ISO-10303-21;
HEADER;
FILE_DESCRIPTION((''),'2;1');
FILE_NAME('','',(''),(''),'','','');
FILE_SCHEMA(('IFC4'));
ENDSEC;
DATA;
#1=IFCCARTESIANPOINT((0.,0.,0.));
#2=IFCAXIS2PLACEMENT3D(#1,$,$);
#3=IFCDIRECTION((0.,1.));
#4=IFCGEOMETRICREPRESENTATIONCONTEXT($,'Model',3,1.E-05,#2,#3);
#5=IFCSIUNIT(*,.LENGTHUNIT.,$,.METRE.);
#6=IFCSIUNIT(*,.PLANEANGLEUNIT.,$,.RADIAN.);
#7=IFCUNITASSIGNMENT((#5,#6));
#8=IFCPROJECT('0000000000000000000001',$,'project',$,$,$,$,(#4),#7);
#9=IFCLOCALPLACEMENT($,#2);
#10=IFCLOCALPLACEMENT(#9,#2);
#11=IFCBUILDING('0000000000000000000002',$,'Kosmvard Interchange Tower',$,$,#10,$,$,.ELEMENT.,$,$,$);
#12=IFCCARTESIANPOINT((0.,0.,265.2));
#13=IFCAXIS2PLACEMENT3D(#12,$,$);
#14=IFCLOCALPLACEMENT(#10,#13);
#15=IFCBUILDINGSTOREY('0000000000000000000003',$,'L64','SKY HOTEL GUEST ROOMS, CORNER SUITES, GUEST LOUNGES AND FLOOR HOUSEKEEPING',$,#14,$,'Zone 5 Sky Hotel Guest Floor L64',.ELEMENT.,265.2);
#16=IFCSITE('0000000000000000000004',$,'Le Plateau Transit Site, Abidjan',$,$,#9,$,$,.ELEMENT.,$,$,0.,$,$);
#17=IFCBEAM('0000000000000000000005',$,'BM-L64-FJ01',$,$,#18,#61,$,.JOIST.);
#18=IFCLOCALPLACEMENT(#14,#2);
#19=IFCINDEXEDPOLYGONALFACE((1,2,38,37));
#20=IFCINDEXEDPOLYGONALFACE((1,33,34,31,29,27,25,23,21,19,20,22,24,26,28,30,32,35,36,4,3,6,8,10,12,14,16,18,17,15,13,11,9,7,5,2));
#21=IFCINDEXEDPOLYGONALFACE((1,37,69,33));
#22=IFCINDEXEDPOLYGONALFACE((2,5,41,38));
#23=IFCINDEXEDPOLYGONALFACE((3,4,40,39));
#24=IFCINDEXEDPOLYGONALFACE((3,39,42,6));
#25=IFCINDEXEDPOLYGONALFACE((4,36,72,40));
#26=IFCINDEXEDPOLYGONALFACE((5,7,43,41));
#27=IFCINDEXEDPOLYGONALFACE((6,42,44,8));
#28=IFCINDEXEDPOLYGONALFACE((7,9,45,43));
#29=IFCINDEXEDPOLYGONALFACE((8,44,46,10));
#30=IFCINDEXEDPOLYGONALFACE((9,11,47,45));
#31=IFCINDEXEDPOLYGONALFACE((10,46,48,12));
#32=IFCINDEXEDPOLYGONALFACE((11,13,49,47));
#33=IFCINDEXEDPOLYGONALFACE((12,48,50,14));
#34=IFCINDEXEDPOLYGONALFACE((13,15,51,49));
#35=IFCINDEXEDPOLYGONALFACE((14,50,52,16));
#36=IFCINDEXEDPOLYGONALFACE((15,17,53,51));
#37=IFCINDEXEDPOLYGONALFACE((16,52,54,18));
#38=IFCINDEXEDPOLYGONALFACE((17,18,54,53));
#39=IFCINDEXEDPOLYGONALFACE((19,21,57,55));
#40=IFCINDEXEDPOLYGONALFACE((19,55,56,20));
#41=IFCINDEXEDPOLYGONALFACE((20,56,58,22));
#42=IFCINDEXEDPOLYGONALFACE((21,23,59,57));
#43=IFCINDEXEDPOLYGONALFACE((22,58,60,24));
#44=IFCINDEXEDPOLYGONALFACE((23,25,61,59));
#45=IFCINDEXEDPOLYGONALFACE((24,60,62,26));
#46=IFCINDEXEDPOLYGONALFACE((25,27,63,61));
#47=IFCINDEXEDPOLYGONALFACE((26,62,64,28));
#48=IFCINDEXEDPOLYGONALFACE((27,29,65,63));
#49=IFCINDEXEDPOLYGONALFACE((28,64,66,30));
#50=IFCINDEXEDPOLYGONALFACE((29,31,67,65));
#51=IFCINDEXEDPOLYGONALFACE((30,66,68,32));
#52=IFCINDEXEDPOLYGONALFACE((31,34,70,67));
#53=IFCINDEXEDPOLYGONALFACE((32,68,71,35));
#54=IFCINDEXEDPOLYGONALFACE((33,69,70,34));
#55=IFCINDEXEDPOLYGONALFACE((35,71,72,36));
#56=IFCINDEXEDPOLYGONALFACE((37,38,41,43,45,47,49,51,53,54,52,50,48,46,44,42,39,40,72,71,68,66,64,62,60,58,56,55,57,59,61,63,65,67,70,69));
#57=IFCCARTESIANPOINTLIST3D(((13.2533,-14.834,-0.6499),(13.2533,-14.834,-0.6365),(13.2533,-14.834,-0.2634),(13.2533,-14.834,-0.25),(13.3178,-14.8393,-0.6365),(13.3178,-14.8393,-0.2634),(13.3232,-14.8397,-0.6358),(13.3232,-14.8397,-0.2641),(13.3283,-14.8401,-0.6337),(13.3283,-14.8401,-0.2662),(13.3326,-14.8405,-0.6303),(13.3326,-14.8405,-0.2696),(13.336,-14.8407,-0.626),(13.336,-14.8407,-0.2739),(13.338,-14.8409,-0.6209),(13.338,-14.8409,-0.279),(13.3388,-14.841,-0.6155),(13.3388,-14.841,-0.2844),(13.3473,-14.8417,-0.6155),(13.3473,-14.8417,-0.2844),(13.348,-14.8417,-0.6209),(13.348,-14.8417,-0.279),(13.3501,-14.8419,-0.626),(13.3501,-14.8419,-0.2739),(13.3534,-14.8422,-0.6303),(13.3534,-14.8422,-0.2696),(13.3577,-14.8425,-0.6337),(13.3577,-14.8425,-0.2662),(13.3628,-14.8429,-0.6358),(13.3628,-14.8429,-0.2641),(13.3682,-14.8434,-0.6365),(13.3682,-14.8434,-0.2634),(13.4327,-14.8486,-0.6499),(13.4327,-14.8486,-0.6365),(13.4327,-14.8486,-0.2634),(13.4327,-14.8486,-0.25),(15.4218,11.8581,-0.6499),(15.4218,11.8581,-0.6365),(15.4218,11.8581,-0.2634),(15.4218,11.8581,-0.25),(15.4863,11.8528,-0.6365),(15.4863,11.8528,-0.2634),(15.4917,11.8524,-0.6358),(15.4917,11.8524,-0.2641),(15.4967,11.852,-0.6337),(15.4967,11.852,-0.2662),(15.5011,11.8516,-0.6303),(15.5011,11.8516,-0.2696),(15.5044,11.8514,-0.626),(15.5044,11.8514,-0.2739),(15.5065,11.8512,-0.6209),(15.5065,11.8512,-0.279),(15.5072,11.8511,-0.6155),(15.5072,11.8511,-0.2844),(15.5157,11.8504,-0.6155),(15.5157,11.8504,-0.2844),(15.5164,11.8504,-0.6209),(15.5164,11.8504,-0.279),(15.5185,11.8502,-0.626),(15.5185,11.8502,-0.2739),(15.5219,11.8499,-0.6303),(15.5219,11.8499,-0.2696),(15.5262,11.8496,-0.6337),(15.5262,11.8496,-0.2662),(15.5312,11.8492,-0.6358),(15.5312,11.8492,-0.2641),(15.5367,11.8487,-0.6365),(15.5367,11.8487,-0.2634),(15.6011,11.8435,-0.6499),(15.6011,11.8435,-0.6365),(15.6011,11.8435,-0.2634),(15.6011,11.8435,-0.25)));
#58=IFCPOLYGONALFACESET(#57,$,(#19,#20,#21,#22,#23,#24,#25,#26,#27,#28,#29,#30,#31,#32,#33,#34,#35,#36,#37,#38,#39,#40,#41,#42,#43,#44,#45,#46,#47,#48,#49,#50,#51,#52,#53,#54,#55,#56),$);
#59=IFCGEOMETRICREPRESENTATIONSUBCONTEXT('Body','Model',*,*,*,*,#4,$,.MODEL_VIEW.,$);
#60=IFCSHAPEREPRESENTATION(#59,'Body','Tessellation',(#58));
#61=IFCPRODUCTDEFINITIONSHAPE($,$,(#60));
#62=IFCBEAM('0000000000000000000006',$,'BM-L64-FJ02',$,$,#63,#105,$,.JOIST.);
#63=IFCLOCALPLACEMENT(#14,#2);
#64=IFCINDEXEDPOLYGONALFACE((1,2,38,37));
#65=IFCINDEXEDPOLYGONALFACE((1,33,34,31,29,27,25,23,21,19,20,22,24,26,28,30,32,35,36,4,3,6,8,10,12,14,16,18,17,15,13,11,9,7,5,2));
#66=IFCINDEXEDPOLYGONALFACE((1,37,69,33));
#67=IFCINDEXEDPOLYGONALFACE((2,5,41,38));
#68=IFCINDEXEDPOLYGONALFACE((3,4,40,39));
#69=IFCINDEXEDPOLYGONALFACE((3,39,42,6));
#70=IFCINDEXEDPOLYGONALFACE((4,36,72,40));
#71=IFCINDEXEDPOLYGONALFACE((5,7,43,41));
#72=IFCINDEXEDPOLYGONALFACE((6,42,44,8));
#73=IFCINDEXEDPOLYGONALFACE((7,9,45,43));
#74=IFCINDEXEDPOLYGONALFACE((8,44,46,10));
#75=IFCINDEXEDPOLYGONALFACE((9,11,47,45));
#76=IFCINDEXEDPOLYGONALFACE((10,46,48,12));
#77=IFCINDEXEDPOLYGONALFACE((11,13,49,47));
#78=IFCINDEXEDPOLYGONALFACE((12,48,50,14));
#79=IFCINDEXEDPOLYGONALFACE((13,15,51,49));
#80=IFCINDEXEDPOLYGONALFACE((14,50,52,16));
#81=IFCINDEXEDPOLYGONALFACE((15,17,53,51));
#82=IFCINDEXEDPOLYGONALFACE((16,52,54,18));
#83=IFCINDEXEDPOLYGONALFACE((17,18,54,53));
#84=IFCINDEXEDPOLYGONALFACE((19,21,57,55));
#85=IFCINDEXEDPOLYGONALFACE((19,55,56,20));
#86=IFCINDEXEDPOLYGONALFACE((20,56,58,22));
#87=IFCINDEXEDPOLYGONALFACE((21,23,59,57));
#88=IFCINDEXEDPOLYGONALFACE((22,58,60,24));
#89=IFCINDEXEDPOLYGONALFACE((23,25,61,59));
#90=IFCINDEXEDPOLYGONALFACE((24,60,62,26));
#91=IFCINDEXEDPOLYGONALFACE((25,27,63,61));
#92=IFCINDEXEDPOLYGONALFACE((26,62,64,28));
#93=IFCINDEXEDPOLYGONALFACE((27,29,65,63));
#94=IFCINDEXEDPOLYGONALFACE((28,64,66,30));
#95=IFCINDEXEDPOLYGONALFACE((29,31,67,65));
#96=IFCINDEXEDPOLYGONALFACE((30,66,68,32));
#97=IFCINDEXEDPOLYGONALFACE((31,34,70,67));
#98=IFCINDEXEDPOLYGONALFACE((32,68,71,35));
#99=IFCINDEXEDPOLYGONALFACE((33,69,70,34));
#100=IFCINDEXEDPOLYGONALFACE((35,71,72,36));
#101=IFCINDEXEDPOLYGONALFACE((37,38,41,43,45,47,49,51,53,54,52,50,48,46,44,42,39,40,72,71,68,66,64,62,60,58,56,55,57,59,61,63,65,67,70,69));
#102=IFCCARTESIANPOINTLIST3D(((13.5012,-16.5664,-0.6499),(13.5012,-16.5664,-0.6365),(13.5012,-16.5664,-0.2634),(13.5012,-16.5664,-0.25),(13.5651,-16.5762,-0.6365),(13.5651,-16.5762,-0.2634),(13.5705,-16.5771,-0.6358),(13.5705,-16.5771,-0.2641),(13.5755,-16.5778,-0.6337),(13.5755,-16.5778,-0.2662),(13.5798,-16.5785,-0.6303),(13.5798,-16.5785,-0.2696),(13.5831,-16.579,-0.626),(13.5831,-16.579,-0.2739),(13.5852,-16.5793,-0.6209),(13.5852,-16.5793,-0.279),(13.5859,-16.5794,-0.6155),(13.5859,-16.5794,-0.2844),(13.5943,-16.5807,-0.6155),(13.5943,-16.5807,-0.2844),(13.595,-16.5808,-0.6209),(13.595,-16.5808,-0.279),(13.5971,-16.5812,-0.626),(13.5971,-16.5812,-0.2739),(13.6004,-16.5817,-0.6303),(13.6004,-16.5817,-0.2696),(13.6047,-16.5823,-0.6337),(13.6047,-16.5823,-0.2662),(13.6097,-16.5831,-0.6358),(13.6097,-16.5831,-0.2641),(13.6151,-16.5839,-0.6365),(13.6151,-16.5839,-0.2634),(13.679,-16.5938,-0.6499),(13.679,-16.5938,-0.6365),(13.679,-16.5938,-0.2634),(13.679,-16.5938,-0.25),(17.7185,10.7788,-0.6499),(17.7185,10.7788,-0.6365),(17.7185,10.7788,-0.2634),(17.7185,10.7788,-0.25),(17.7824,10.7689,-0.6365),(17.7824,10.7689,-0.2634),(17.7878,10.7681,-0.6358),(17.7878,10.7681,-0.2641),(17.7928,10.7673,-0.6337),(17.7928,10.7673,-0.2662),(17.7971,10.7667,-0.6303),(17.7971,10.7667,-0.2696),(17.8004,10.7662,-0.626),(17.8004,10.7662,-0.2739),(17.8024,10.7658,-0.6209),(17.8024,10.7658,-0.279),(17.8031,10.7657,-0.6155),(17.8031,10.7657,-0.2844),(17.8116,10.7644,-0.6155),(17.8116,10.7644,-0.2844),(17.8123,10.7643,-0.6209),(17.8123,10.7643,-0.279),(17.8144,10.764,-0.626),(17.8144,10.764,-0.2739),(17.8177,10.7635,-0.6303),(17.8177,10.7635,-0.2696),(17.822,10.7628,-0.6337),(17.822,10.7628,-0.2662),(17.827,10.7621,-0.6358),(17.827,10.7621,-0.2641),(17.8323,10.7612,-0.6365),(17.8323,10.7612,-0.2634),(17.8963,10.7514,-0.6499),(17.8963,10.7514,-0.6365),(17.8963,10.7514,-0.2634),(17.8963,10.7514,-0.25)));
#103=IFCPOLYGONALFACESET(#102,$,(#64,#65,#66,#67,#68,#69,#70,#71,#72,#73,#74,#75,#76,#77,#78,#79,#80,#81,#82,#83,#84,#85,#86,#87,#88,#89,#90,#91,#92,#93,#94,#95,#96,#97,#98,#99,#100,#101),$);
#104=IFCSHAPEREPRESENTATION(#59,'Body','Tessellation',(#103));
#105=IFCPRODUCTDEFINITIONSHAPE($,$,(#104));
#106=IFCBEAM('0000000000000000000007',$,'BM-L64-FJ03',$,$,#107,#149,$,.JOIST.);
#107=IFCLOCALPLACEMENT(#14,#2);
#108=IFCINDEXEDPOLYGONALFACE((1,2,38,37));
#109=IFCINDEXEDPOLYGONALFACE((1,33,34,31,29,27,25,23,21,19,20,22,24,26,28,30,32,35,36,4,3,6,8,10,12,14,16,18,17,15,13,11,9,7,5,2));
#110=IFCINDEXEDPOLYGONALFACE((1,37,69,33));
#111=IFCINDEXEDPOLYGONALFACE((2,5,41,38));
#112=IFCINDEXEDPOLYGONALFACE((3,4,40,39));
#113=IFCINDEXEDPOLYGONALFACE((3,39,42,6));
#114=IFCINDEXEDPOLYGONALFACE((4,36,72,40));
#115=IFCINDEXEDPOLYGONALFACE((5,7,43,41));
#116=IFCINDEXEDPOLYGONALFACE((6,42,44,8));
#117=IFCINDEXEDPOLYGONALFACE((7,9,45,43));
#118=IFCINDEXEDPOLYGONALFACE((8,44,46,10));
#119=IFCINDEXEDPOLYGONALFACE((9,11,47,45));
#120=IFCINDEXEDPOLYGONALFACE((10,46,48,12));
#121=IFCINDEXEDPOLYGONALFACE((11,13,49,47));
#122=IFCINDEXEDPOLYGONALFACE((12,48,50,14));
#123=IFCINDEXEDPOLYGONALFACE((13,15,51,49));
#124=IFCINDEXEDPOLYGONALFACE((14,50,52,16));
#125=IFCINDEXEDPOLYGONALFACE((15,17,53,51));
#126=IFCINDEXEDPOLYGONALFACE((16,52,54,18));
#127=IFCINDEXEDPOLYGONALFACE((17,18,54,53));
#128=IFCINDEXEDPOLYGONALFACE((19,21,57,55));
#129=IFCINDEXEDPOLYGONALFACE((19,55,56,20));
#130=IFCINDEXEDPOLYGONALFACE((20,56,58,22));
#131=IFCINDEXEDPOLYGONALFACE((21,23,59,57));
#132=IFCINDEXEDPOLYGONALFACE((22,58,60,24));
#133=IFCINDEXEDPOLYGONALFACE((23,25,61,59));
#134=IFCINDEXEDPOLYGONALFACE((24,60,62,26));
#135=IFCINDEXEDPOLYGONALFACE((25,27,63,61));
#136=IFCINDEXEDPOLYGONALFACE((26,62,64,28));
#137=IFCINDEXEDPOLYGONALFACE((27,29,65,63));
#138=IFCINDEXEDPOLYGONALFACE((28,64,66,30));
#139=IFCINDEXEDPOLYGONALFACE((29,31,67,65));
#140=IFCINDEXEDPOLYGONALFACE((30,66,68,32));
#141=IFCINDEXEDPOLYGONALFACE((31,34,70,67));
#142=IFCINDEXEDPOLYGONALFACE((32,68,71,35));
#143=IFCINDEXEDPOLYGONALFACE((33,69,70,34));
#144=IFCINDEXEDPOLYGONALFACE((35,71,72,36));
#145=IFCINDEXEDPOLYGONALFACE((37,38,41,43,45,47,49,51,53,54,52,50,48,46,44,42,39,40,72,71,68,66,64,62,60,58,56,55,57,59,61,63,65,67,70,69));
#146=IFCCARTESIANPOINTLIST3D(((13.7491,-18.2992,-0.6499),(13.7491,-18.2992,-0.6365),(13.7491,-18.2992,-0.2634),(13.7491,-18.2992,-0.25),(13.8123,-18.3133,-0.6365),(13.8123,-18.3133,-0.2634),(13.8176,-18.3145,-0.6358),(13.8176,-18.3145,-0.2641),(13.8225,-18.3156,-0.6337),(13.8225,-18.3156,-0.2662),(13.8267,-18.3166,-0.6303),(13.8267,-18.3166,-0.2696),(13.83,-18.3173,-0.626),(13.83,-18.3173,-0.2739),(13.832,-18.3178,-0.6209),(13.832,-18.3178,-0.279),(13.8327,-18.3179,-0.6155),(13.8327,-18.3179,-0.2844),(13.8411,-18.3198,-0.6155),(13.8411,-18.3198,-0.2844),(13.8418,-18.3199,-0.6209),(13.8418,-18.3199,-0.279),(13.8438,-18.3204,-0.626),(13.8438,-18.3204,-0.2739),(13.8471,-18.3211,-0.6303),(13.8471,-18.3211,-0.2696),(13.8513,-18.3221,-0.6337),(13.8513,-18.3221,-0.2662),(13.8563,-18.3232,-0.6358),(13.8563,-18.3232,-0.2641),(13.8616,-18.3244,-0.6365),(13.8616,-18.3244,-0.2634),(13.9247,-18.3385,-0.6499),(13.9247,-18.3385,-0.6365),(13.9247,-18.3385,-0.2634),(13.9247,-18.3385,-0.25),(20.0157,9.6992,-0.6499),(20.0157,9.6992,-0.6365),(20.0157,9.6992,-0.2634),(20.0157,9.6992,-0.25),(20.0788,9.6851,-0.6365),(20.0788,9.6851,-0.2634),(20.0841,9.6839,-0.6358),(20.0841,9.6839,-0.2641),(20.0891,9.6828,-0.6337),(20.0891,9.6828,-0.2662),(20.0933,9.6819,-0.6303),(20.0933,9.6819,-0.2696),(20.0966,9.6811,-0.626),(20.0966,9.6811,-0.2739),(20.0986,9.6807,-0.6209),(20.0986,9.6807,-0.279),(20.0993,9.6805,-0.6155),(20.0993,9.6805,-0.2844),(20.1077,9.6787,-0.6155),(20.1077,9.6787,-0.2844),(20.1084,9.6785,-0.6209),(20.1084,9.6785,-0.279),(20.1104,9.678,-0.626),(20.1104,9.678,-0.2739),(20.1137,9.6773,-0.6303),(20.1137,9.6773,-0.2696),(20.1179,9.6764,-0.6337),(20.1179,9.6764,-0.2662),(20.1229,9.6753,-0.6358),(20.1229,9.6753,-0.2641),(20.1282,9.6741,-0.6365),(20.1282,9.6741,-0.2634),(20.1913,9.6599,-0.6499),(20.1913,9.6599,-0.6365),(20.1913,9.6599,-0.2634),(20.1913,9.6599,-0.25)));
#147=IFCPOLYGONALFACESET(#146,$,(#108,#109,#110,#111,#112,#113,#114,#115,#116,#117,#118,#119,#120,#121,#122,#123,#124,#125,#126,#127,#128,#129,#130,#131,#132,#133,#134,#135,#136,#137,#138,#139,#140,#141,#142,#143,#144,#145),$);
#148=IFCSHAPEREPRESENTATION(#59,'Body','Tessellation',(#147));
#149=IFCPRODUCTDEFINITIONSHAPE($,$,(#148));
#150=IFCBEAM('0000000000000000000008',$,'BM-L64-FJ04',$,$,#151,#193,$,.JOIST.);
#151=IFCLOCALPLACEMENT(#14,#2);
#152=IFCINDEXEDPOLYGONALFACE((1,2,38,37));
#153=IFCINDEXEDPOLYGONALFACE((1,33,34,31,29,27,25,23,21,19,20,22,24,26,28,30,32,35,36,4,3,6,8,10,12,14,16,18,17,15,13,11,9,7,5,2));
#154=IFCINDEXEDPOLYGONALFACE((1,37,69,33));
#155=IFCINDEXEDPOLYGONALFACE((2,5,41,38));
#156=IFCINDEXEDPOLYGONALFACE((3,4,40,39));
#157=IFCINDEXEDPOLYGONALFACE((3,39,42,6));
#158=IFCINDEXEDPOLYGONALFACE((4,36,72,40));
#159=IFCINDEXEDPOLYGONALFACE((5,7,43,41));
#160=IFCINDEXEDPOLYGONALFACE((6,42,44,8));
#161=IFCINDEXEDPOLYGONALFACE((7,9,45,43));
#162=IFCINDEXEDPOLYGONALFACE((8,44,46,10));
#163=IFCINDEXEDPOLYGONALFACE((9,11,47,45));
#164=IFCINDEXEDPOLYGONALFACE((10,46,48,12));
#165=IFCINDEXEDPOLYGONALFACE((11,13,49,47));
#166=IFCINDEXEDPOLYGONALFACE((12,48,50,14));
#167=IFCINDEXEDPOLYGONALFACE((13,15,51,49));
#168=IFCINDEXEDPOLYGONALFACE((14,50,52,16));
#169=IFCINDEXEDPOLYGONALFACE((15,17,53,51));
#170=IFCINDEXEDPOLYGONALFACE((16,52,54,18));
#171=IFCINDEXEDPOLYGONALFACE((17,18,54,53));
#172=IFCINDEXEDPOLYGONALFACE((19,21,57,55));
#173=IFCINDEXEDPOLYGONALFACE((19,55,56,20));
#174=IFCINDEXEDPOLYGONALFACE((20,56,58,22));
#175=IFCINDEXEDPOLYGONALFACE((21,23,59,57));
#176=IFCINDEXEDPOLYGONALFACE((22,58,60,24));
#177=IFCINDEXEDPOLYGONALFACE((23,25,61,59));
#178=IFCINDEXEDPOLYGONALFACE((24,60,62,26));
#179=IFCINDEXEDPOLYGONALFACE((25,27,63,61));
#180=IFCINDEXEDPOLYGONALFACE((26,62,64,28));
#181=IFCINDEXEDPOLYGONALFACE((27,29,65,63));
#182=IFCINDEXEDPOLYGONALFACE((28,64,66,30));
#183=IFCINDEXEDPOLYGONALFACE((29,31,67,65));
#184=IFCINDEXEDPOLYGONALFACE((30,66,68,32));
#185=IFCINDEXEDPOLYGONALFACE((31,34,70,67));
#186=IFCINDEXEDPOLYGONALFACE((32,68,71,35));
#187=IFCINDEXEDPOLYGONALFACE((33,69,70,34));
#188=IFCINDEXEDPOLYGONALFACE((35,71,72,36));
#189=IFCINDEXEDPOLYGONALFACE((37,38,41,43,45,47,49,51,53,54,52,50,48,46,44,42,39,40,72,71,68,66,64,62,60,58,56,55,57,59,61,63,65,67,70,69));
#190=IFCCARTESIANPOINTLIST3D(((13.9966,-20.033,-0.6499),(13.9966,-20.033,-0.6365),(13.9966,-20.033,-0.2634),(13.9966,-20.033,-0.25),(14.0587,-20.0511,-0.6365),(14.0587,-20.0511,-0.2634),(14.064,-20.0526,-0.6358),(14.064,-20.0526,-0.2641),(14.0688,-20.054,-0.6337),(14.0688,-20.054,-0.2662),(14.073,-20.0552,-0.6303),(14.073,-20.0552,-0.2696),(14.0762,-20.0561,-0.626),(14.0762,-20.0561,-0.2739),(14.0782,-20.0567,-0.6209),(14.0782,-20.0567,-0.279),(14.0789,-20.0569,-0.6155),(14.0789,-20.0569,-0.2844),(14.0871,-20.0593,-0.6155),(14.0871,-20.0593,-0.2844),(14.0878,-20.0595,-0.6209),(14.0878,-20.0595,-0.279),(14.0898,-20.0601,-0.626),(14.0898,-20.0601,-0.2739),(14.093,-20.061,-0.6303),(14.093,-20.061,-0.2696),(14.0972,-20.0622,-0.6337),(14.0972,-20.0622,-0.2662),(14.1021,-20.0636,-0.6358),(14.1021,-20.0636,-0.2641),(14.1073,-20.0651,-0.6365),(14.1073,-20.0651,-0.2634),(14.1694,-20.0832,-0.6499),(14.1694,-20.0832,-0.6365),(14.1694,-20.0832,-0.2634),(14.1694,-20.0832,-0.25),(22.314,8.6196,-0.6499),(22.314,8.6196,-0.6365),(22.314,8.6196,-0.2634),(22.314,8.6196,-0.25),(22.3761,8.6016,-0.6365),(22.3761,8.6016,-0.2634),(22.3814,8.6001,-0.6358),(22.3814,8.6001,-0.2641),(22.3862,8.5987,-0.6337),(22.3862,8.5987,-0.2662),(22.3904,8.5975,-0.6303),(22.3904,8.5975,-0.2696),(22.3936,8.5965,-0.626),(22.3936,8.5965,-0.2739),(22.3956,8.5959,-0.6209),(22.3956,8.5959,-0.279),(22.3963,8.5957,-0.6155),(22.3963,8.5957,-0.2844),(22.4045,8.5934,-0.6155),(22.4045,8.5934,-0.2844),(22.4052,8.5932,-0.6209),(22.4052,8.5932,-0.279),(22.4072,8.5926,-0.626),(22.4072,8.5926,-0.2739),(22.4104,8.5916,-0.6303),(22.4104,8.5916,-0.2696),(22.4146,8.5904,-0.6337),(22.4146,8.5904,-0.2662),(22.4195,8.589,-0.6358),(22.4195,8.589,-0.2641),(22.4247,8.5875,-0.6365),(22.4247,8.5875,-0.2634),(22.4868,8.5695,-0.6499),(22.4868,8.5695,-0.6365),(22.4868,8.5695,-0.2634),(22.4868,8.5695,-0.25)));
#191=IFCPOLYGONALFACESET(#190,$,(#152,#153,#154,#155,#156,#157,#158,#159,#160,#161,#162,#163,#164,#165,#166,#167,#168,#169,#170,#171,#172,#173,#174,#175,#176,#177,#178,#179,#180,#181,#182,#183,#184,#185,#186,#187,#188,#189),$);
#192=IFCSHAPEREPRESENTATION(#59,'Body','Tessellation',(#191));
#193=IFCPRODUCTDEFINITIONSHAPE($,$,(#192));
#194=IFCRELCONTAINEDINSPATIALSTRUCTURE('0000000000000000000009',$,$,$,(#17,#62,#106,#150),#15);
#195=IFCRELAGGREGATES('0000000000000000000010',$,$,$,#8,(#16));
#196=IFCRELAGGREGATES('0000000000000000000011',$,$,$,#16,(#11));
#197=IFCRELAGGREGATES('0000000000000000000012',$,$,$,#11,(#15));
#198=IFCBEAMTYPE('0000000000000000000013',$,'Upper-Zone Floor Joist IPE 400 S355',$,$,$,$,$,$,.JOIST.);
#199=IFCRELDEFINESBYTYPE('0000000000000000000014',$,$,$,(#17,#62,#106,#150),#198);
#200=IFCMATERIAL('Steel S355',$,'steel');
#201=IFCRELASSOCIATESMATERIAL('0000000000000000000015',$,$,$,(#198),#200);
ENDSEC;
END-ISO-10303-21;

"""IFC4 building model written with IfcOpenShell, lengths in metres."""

from ifc_helpers import new_model, si_unit, direction, frame, origin, origin_2d, place, context, subcontext, project, spatial, i_section, extrude, source, transform, mapped, material, material_profile, profile_set, type_object, element, save


model = new_model("IFC4")

# Units and contexts
model_context = context("Model", 3, precision=1e-05, world=origin(), true_north=direction((0.0, 1.0)))
body_context = subcontext(model_context, "Body", "Model", "MODEL_VIEW")
ifc_project = project(units=[si_unit("LENGTHUNIT", "METRE"), si_unit("PLANEANGLEUNIT", "RADIAN")], contexts=[model_context])

# Site, building, storey
site_placement = place(None, origin())
site = spatial("IfcSite", under=ifc_project, at=site_placement, Name="Le Plateau Transit Site, Abidjan", CompositionType="ELEMENT", RefElevation=0.0)
building_placement = place(site_placement, origin())
building = spatial("IfcBuilding", under=site, at=building_placement, Name="Kosmvard Interchange Tower", CompositionType="ELEMENT")
storey_placement = place(building_placement, frame((0.0, 0.0, 265.2)))
storey = spatial("IfcBuildingStorey", under=building, at=storey_placement, Name="L64", Description="SKY HOTEL GUEST ROOMS, CORNER SUITES, GUEST LOUNGES AND FLOOR HOUSEKEEPING", LongName="Zone 5 Sky Hotel Guest Floor L64", CompositionType="ELEMENT", Elevation=265.2)

# Beams
ifc_material_1 = material(Name="Steel S355", Category="steel")
ifc_material_profile_1 = material_profile(ifc_material_1, i_section(OverallWidth=0.1799, OverallDepth=0.3999, WebThickness=0.0085, FlangeThickness=0.0134, FilletRadius=0.021, at=origin_2d()), Name="IPE 400")
ifc_profile_set_1 = profile_set([ifc_material_profile_1], Name="Steel S355")
beam_type_1 = type_object("IfcBeamType", Name="Upper-Zone Floor Joist IPE 400 S355", PredefinedType="JOIST", material=ifc_profile_set_1)
shared_shape_1 = source(origin(), body_context, "Body", "SweptSolid", [
    extrude(i_section(OverallWidth=0.1799, OverallDepth=0.3999, WebThickness=0.0085, FlangeThickness=0.0134, FilletRadius=0.021, at=origin_2d()), origin(), (0.0, 0.0, 1.0), 26.78),
])
beam_1_placement = place(storey_placement, frame((13.343, -14.8413, -0.45), z_axis=(0.080973, 0.996716, 0.0), x_axis=(-0.996716, 0.080973, 0.0)))
element("IfcBeam", 1, at=beam_1_placement, inside=storey, type_object=beam_type_1, Name="BM-L64-FJ01", PredefinedType="JOIST", context=body_context, shape_type="MappedRepresentation", body=[
    mapped(shared_shape_1, transform((0.0, 0.0, 0.0), scale=1.0)),
])
shared_shape_2 = source(origin(), body_context, "Body", "SweptSolid", [
    extrude(i_section(OverallWidth=0.1799, OverallDepth=0.3999, WebThickness=0.0085, FlangeThickness=0.0134, FilletRadius=0.021, at=origin_2d()), origin(), (0.0, 0.0, 1.0), 27.6685),
])
beam_2_placement = place(storey_placement, frame((13.5901, -16.5801, -0.45), z_axis=(0.152422, 0.988316, 0.0), x_axis=(-0.988316, 0.152422, 0.0)))
element("IfcBeam", 2, at=beam_2_placement, inside=storey, type_object=beam_type_1, Name="BM-L64-FJ02", PredefinedType="JOIST", context=body_context, shape_type="MappedRepresentation", body=[
    mapped(shared_shape_2, transform((0.0, 0.0, 0.0), scale=1.0)),
])
shared_shape_3 = source(origin(), body_context, "Body", "SweptSolid", [
    extrude(i_section(OverallWidth=0.1799, OverallDepth=0.3999, WebThickness=0.0085, FlangeThickness=0.0134, FilletRadius=0.021, at=origin_2d()), origin(), (0.0, 0.0, 1.0), 28.6912),
])
beam_3_placement = place(storey_placement, frame((13.8369, -18.3188, -0.45), z_axis=(0.218415, 0.975856, 0.0), x_axis=(-0.975856, 0.218415, 0.0)))
element("IfcBeam", 3, at=beam_3_placement, inside=storey, type_object=beam_type_1, Name="BM-L64-FJ03", PredefinedType="JOIST", context=body_context, shape_type="MappedRepresentation", body=[
    mapped(shared_shape_3, transform((0.0, 0.0, 0.0), scale=1.0)),
])
shared_shape_4 = source(origin(), body_context, "Body", "SweptSolid", [
    extrude(i_section(OverallWidth=0.1799, OverallDepth=0.3999, WebThickness=0.0085, FlangeThickness=0.0134, FilletRadius=0.021, at=origin_2d()), origin(), (0.0, 0.0, 1.0), 29.8354),
])
beam_4_placement = place(storey_placement, frame((14.083, -20.0581, -0.45), z_axis=(0.278776, 0.960356, 0.0), x_axis=(-0.960356, 0.278776, 0.0)))
element("IfcBeam", 4, at=beam_4_placement, inside=storey, type_object=beam_type_1, Name="BM-L64-FJ04", PredefinedType="JOIST", context=body_context, shape_type="MappedRepresentation", body=[
    mapped(shared_shape_4, transform((0.0, 0.0, 0.0), scale=1.0)),
])

save(model, "model.ifc")
